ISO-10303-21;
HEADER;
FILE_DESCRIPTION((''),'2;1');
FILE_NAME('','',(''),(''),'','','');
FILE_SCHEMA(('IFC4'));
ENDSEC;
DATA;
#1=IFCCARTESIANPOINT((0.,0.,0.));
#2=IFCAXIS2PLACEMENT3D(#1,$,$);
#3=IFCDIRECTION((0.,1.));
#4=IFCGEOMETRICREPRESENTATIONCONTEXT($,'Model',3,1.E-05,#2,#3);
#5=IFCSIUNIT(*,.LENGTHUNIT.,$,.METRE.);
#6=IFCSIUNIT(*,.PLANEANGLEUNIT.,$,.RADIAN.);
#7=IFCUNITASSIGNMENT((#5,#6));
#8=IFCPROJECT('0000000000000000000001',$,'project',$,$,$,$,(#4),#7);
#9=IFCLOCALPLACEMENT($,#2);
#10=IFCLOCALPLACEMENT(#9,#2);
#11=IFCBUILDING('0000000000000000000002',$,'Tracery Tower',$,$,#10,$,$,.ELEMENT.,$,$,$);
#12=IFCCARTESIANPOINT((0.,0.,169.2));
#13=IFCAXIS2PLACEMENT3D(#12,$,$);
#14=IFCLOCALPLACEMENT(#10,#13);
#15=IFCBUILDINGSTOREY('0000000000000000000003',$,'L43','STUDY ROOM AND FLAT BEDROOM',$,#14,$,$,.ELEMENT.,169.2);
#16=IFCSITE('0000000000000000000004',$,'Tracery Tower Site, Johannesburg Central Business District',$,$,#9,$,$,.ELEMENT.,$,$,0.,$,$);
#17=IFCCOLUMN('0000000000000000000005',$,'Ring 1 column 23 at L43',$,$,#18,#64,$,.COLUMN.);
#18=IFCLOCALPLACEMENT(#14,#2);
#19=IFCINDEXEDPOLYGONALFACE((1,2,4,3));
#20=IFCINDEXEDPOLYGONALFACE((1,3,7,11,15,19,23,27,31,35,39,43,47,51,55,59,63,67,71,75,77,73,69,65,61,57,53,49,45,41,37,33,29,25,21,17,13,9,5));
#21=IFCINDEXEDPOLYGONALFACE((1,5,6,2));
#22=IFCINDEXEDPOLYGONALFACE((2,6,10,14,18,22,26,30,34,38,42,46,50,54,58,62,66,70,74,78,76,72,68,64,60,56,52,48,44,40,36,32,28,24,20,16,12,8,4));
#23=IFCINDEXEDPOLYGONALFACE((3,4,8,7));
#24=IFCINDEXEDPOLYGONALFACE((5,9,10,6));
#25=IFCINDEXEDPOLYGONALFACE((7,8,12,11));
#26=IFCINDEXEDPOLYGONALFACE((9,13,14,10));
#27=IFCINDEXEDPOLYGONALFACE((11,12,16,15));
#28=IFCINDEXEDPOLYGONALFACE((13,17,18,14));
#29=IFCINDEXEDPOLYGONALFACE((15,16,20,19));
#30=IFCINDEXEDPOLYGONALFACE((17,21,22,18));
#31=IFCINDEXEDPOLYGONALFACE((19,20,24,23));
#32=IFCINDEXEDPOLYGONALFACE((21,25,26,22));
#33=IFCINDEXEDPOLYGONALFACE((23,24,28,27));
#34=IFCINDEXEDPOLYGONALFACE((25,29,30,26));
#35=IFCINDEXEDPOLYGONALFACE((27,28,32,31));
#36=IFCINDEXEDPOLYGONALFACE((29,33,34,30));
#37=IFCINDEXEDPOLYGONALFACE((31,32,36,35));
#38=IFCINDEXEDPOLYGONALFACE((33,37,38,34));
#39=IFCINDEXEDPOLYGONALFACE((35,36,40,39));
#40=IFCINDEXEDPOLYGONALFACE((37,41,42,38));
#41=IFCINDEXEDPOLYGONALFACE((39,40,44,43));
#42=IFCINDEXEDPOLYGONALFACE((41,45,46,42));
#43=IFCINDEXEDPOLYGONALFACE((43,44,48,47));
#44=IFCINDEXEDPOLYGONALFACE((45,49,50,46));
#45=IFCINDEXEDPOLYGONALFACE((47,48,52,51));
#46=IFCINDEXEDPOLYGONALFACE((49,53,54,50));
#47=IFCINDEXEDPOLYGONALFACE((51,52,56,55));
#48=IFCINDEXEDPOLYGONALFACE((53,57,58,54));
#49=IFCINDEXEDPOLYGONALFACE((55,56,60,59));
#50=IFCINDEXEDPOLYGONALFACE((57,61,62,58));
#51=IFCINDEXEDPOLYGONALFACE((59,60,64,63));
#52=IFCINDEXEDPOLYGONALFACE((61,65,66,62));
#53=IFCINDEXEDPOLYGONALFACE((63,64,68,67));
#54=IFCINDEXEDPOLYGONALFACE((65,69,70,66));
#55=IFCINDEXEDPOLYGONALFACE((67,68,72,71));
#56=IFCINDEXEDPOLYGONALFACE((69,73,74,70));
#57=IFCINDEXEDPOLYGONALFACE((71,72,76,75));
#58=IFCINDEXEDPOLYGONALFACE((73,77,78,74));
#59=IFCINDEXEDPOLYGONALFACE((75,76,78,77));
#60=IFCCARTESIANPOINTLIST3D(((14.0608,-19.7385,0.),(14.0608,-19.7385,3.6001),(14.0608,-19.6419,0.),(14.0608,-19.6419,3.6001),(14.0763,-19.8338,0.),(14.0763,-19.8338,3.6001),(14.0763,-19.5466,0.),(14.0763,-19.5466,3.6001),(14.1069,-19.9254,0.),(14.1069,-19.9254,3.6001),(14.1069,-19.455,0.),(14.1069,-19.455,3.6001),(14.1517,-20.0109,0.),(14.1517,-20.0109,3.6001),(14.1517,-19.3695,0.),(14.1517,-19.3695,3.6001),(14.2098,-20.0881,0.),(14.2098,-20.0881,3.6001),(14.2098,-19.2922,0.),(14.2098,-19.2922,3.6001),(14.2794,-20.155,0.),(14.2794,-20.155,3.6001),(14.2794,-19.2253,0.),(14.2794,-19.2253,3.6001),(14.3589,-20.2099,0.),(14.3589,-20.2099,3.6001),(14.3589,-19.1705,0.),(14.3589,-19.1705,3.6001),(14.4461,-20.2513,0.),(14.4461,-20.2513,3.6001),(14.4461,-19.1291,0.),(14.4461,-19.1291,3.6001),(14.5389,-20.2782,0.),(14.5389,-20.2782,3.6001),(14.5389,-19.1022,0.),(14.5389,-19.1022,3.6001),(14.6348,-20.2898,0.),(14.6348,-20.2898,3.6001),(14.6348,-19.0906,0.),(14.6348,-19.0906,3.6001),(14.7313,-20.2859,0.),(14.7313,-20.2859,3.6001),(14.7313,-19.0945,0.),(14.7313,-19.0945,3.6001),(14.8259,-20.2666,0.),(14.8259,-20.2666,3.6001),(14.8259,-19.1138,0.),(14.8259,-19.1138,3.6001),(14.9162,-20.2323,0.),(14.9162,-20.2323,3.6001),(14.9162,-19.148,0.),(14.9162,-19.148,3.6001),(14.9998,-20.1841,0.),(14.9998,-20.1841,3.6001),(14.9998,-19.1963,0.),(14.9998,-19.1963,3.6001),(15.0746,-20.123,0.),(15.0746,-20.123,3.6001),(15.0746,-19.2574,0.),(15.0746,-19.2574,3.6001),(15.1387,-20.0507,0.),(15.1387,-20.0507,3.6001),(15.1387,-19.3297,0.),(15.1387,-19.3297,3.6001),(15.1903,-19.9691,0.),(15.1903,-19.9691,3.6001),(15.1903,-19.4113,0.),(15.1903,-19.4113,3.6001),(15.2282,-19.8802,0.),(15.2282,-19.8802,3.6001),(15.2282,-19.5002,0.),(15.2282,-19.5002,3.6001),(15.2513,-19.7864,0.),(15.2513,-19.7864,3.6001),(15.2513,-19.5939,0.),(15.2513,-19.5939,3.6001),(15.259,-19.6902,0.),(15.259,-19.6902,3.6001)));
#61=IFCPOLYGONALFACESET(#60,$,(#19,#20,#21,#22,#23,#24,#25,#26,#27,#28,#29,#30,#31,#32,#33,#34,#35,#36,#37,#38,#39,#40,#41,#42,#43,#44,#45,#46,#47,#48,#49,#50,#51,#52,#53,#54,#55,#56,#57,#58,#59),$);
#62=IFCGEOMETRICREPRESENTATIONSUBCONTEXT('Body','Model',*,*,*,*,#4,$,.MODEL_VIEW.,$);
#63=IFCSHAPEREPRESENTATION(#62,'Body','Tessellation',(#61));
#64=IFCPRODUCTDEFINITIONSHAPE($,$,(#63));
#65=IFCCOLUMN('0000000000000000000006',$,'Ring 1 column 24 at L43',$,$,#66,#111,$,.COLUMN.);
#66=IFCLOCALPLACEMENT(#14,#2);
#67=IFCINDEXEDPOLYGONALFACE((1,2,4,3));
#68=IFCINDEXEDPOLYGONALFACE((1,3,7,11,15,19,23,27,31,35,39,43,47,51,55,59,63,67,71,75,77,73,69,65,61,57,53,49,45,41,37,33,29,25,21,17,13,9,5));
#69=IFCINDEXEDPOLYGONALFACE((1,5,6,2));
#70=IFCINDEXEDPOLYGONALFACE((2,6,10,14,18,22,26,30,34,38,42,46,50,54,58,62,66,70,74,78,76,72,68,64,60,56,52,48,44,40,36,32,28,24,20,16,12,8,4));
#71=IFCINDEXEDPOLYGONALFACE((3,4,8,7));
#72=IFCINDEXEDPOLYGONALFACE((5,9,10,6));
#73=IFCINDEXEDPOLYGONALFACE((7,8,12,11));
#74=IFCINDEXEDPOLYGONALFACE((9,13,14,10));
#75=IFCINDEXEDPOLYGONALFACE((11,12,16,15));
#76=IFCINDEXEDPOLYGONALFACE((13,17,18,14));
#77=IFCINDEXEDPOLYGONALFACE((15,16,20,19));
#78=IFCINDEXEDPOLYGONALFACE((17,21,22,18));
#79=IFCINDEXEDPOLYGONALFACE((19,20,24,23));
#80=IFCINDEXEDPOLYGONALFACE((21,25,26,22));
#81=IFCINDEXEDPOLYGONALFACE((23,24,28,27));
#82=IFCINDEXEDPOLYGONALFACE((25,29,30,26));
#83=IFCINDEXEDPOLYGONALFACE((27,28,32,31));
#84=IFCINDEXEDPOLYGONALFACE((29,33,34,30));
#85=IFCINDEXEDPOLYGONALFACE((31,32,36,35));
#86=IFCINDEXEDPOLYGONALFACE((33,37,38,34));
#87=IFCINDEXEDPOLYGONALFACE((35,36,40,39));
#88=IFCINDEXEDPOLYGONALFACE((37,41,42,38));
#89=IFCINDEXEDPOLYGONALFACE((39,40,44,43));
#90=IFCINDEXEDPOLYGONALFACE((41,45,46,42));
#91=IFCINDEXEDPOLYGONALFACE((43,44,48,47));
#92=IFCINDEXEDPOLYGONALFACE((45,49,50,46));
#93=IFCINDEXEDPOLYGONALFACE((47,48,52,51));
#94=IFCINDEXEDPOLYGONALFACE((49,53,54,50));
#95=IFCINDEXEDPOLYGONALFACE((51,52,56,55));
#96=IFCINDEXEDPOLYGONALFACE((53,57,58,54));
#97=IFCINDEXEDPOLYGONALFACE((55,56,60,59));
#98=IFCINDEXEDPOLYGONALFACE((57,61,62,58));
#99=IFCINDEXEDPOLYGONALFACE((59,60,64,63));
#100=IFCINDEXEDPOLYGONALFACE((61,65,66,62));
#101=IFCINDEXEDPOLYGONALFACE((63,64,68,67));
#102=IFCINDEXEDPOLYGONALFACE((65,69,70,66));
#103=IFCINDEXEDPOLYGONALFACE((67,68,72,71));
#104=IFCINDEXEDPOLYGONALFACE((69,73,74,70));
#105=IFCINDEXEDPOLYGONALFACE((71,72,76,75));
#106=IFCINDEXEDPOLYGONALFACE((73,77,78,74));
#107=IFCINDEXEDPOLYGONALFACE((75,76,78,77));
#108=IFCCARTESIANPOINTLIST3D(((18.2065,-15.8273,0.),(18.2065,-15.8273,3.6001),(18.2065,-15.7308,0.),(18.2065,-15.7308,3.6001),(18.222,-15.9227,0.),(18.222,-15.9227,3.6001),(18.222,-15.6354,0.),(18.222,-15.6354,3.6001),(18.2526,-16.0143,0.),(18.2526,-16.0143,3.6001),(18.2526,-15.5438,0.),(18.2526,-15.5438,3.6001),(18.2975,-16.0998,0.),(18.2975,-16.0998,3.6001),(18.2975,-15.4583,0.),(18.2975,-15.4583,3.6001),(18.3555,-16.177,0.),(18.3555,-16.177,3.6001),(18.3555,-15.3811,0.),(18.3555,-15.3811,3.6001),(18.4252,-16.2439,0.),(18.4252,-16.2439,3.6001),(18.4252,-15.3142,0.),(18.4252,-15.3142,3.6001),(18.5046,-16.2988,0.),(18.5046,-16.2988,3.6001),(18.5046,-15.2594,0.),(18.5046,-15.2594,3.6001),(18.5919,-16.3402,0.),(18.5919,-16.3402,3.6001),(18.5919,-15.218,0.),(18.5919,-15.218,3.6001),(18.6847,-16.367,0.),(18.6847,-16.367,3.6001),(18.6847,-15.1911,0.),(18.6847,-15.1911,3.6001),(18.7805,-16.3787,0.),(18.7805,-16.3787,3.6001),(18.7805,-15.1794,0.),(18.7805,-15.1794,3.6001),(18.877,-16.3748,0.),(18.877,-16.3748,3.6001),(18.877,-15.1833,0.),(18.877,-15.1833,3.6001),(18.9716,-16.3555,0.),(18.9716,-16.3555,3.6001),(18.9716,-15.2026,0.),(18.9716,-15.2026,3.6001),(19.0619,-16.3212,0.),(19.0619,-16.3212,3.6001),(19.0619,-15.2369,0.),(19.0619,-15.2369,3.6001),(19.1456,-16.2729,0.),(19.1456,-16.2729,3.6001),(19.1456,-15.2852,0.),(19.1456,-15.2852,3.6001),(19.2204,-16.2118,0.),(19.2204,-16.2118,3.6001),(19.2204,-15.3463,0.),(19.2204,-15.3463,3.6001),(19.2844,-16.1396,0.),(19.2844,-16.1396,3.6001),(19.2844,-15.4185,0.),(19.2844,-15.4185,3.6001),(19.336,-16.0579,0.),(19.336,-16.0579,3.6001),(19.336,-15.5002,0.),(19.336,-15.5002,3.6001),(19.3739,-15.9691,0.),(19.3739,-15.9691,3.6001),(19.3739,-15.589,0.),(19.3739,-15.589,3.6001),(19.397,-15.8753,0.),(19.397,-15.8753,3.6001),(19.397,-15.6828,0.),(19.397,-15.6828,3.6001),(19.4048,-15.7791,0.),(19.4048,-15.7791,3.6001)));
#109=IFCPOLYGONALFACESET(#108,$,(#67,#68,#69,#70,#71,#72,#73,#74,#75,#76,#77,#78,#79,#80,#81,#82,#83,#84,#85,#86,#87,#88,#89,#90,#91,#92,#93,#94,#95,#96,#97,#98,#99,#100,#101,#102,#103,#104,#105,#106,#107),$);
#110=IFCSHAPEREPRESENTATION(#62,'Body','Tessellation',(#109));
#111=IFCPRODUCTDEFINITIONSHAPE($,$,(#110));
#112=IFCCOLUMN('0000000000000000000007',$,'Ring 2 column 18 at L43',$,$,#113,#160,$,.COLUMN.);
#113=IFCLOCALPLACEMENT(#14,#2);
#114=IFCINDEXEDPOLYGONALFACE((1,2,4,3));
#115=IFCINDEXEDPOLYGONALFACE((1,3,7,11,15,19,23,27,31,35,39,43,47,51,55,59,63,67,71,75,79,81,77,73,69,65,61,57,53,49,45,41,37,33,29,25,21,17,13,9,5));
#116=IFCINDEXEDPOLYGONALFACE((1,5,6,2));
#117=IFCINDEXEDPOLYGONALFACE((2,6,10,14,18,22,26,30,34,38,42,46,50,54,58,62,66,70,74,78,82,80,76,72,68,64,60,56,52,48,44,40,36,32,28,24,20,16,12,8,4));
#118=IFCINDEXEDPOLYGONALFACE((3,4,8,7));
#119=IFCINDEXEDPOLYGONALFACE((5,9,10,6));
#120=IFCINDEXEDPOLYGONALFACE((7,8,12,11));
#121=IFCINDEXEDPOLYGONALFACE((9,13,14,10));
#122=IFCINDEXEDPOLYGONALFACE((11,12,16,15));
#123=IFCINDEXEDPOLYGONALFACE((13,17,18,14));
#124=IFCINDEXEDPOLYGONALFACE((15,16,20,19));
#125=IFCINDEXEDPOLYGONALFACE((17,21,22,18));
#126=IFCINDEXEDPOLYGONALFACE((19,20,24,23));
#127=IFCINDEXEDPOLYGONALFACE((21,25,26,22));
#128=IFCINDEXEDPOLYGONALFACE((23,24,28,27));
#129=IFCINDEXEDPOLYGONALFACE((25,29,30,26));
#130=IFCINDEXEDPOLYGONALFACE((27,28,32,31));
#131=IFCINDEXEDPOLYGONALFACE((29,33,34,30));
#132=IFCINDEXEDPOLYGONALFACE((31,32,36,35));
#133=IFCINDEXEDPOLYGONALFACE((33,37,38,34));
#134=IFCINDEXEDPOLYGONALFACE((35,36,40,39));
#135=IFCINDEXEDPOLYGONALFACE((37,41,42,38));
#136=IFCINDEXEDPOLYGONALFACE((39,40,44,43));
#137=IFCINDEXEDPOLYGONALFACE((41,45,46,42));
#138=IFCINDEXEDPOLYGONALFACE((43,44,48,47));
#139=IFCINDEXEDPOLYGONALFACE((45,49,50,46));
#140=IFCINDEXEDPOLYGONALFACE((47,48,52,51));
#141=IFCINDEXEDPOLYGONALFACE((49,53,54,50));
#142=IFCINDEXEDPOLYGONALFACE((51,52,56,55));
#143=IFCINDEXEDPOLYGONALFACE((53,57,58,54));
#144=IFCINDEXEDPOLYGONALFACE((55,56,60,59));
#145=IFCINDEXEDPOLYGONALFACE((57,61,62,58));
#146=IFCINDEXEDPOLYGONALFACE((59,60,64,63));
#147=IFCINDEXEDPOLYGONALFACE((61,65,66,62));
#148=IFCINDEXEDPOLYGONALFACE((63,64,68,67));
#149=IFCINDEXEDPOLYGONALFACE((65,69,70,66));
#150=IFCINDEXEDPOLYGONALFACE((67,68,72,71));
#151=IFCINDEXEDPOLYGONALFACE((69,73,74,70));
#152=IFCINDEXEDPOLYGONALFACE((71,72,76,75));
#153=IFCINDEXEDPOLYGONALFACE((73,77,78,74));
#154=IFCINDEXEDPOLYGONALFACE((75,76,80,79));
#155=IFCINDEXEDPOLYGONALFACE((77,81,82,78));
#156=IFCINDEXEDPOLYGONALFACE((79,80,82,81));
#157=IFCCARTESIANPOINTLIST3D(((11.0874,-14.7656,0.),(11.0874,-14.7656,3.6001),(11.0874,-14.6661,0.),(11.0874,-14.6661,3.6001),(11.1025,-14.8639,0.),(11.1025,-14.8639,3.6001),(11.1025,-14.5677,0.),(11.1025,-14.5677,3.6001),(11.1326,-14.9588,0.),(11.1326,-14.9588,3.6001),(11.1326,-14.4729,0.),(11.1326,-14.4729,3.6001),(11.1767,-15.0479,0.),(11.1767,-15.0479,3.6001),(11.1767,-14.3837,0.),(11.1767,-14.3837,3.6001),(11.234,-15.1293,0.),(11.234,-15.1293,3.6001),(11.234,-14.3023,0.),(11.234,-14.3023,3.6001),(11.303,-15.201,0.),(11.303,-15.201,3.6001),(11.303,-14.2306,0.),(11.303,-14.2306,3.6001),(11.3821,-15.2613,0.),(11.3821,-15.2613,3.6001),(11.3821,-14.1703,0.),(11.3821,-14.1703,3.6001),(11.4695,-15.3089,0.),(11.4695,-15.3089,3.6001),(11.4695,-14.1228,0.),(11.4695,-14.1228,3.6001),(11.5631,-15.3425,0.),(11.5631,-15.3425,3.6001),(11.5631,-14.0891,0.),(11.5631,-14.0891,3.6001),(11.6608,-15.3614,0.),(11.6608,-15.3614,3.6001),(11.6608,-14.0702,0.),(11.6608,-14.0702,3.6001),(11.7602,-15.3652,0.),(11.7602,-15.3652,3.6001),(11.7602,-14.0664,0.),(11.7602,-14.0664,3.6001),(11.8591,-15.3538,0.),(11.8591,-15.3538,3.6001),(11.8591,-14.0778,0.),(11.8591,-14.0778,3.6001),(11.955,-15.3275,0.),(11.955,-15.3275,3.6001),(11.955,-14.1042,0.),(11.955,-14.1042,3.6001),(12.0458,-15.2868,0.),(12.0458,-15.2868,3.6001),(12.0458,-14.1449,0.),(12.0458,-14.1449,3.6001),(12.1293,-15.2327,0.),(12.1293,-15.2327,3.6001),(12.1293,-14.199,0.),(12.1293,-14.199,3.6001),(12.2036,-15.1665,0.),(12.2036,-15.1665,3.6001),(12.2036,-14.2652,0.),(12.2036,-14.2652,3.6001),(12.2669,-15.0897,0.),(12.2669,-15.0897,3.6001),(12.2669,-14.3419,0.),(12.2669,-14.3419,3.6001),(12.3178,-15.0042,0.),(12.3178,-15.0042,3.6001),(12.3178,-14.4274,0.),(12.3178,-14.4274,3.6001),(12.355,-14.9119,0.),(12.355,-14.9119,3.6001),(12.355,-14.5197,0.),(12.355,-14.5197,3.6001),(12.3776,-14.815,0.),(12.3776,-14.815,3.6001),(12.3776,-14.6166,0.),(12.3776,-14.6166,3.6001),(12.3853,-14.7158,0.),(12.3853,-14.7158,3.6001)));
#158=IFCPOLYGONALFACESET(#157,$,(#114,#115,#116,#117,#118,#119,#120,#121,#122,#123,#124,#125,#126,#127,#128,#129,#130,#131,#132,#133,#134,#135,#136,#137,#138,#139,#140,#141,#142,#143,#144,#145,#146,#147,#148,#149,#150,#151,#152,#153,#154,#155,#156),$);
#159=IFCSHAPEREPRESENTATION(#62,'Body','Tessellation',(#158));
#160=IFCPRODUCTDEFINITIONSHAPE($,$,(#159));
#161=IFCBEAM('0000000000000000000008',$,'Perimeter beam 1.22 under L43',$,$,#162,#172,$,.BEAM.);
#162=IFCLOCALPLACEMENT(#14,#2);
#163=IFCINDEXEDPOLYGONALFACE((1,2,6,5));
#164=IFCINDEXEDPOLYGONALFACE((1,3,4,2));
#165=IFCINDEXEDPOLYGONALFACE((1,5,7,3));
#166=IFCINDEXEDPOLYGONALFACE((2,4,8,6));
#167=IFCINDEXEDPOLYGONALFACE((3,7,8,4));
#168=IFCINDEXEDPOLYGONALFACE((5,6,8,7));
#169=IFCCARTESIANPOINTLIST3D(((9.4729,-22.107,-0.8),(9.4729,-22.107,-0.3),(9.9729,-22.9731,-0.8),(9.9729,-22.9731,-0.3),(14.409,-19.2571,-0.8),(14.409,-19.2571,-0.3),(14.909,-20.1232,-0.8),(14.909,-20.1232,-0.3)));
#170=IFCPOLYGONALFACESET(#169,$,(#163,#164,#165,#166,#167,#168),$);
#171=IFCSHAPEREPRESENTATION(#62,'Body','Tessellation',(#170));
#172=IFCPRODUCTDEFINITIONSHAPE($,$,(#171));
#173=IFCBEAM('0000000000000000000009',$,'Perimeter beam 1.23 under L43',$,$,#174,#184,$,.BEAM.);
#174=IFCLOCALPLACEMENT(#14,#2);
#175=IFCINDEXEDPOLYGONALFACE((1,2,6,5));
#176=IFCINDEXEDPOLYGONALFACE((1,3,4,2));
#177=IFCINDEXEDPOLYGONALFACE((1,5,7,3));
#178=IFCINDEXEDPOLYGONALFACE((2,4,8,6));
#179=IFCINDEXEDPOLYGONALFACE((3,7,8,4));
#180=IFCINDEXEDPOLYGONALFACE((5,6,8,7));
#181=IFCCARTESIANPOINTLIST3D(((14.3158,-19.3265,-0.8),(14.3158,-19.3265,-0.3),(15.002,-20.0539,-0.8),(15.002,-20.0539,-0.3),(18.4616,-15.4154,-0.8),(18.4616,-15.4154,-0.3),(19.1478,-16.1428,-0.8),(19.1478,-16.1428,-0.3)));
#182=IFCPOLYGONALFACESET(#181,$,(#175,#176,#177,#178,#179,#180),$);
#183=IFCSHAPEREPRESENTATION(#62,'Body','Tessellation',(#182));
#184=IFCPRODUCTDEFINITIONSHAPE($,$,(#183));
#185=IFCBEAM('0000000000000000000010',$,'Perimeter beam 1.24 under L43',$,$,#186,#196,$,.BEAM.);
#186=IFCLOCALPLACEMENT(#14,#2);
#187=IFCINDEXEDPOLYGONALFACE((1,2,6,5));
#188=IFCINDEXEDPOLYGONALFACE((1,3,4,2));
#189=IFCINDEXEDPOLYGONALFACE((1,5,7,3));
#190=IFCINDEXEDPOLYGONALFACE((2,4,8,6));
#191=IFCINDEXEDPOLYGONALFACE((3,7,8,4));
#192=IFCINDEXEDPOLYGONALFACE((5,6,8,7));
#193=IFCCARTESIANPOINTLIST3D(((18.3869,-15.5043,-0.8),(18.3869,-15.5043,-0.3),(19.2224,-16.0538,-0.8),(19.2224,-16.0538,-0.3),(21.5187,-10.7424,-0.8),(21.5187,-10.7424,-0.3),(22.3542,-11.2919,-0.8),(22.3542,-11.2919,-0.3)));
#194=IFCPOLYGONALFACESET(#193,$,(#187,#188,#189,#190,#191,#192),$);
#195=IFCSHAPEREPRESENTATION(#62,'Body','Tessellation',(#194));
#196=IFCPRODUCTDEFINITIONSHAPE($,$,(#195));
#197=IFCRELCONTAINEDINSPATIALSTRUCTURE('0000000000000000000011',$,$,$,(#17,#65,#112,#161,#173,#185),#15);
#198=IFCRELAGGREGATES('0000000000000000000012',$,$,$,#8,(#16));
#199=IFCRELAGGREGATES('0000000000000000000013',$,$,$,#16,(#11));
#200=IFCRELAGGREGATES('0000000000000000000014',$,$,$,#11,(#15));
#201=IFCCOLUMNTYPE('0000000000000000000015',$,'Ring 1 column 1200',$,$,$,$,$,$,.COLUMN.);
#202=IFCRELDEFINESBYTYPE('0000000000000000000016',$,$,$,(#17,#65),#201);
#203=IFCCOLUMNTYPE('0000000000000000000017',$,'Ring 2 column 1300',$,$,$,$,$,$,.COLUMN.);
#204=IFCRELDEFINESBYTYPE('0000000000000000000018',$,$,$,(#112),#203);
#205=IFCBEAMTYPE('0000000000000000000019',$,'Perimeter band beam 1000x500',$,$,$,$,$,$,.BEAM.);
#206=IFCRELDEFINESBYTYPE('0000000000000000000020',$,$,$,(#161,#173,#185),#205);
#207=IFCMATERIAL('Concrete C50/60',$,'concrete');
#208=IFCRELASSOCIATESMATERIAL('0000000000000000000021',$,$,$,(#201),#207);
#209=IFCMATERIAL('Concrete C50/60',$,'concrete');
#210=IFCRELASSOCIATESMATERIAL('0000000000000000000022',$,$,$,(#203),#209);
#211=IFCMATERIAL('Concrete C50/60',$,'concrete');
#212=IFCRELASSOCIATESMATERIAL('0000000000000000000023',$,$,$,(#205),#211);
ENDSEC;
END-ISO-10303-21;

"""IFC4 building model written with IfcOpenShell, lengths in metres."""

from ifc_helpers import new_model, si_unit, direction, frame, origin, origin_2d, place, context, subcontext, project, spatial, rectangle, circle, extrude, material, material_profile, profile_set, type_object, element, save


model = new_model("IFC4")

# Units and contexts
model_context = context("Model", 3, precision=1e-05, world=origin(), true_north=direction((0.0, 1.0)))
body_context = subcontext(model_context, "Body", "Model", "MODEL_VIEW")
ifc_project = project(units=[si_unit("LENGTHUNIT", "METRE"), si_unit("PLANEANGLEUNIT", "RADIAN")], contexts=[model_context])

# Site, building, storey
site_placement = place(None, origin())
site = spatial("IfcSite", under=ifc_project, at=site_placement, Name="Tracery Tower Site, Johannesburg Central Business District", CompositionType="ELEMENT", RefElevation=0.0)
building_placement = place(site_placement, origin())
building = spatial("IfcBuilding", under=site, at=building_placement, Name="Tracery Tower", CompositionType="ELEMENT")
storey_placement = place(building_placement, frame((0.0, 0.0, 169.2)))
storey = spatial("IfcBuildingStorey", under=building, at=storey_placement, Name="L43", Description="STUDY ROOM AND FLAT BEDROOM", CompositionType="ELEMENT", Elevation=169.2)

# Columns
ifc_material_1 = material(Name="Concrete C50/60", Category="concrete")
ifc_material_profile_1 = material_profile(ifc_material_1, circle(Radius=0.6001, at=origin_2d()), Name="RC D1200")
ifc_profile_set_1 = profile_set([ifc_material_profile_1], Name="Concrete C50/60")
column_type_1 = type_object("IfcColumnType", Name="Ring 1 column 1200", PredefinedType="COLUMN", material=ifc_profile_set_1)
for number, where, z_axis, x_axis, name in (
    (1, (14.6589, -19.6902, 0.0), (0.0, 0.0, 1.0), (1.0, 0.0, 0.0), "Ring 1 column 23 at L43"),
    (2, (18.8047, -15.7791, 0.0), (0.0, 0.0, 1.0), (1.0, 0.0, 0.0), "Ring 1 column 24 at L43"),
):
    element("IfcColumn", number, at=place(storey_placement, frame(where, z_axis=z_axis, x_axis=x_axis)), inside=storey, type_object=column_type_1, Name=name, PredefinedType="COLUMN", context=body_context, shape_type="SweptSolid", body=[
        extrude(circle(Radius=0.6001, at=origin_2d()), origin(), (0.0, 0.0, 1.0), 3.6001),
    ])
ifc_material_2 = material(Name="Concrete C50/60", Category="concrete")
ifc_material_profile_2 = material_profile(ifc_material_2, circle(Radius=0.6499, at=origin_2d()), Name="RC D1300")
ifc_profile_set_2 = profile_set([ifc_material_profile_2], Name="Concrete C50/60")
column_type_2 = type_object("IfcColumnType", Name="Ring 2 column 1300", PredefinedType="COLUMN", material=ifc_profile_set_2)
column_placement = place(storey_placement, frame((11.7354, -14.7158, 0.0), z_axis=(0.0, 0.0, 1.0), x_axis=(1.0, 0.0, 0.0)))
element("IfcColumn", 3, at=column_placement, inside=storey, type_object=column_type_2, Name="Ring 2 column 18 at L43", PredefinedType="COLUMN", context=body_context, shape_type="SweptSolid", body=[
    extrude(circle(Radius=0.6499, at=origin_2d()), origin(), (0.0, 0.0, 1.0), 3.6001),
])

# Beams
ifc_material_3 = material(Name="Concrete C50/60", Category="concrete")
ifc_material_profile_3 = material_profile(ifc_material_3, rectangle(XDim=1.0, YDim=0.5, at=origin_2d()), Name="RC 1000x500")
ifc_profile_set_3 = profile_set([ifc_material_profile_3], Name="Concrete C50/60")
beam_type = type_object("IfcBeamType", Name="Perimeter band beam 1000x500", PredefinedType="BEAM", material=ifc_profile_set_3)
beam_placement = place(storey_placement, frame((9.7229, -22.54, -0.55), z_axis=(0.866023, 0.500004, 0.0), x_axis=(-0.500004, 0.866023, 0.0)))
element("IfcBeam", 4, at=beam_placement, inside=storey, type_object=beam_type, Name="Perimeter beam 1.22 under L43", PredefinedType="BEAM", context=body_context, shape_type="SweptSolid", body=[
    extrude(rectangle(XDim=1.0, YDim=0.5, at=origin_2d()), origin(), (0.0, 0.0, 1.0), 5.6997),
])
for number, where, z_axis, x_axis, name in (
    (5, (14.6589, -19.6902, -0.55), (0.72739, 0.686225, 0.0), (-0.686225, 0.72739, 0.0), "Perimeter beam 1.23 under L43"),
    (6, (18.8047, -15.7791, -0.55), (0.54949, 0.8355, 0.0), (-0.8355, 0.54949, 0.0), "Perimeter beam 1.24 under L43"),
):
    element("IfcBeam", number, at=place(storey_placement, frame(where, z_axis=z_axis, x_axis=x_axis)), inside=storey, type_object=beam_type, Name=name, PredefinedType="BEAM", context=body_context, shape_type="SweptSolid", body=[
        extrude(rectangle(XDim=1.0, YDim=0.5, at=origin_2d()), origin(), (0.0, 0.0, 1.0), 5.6995),
    ])

save(model, "model.ifc")
